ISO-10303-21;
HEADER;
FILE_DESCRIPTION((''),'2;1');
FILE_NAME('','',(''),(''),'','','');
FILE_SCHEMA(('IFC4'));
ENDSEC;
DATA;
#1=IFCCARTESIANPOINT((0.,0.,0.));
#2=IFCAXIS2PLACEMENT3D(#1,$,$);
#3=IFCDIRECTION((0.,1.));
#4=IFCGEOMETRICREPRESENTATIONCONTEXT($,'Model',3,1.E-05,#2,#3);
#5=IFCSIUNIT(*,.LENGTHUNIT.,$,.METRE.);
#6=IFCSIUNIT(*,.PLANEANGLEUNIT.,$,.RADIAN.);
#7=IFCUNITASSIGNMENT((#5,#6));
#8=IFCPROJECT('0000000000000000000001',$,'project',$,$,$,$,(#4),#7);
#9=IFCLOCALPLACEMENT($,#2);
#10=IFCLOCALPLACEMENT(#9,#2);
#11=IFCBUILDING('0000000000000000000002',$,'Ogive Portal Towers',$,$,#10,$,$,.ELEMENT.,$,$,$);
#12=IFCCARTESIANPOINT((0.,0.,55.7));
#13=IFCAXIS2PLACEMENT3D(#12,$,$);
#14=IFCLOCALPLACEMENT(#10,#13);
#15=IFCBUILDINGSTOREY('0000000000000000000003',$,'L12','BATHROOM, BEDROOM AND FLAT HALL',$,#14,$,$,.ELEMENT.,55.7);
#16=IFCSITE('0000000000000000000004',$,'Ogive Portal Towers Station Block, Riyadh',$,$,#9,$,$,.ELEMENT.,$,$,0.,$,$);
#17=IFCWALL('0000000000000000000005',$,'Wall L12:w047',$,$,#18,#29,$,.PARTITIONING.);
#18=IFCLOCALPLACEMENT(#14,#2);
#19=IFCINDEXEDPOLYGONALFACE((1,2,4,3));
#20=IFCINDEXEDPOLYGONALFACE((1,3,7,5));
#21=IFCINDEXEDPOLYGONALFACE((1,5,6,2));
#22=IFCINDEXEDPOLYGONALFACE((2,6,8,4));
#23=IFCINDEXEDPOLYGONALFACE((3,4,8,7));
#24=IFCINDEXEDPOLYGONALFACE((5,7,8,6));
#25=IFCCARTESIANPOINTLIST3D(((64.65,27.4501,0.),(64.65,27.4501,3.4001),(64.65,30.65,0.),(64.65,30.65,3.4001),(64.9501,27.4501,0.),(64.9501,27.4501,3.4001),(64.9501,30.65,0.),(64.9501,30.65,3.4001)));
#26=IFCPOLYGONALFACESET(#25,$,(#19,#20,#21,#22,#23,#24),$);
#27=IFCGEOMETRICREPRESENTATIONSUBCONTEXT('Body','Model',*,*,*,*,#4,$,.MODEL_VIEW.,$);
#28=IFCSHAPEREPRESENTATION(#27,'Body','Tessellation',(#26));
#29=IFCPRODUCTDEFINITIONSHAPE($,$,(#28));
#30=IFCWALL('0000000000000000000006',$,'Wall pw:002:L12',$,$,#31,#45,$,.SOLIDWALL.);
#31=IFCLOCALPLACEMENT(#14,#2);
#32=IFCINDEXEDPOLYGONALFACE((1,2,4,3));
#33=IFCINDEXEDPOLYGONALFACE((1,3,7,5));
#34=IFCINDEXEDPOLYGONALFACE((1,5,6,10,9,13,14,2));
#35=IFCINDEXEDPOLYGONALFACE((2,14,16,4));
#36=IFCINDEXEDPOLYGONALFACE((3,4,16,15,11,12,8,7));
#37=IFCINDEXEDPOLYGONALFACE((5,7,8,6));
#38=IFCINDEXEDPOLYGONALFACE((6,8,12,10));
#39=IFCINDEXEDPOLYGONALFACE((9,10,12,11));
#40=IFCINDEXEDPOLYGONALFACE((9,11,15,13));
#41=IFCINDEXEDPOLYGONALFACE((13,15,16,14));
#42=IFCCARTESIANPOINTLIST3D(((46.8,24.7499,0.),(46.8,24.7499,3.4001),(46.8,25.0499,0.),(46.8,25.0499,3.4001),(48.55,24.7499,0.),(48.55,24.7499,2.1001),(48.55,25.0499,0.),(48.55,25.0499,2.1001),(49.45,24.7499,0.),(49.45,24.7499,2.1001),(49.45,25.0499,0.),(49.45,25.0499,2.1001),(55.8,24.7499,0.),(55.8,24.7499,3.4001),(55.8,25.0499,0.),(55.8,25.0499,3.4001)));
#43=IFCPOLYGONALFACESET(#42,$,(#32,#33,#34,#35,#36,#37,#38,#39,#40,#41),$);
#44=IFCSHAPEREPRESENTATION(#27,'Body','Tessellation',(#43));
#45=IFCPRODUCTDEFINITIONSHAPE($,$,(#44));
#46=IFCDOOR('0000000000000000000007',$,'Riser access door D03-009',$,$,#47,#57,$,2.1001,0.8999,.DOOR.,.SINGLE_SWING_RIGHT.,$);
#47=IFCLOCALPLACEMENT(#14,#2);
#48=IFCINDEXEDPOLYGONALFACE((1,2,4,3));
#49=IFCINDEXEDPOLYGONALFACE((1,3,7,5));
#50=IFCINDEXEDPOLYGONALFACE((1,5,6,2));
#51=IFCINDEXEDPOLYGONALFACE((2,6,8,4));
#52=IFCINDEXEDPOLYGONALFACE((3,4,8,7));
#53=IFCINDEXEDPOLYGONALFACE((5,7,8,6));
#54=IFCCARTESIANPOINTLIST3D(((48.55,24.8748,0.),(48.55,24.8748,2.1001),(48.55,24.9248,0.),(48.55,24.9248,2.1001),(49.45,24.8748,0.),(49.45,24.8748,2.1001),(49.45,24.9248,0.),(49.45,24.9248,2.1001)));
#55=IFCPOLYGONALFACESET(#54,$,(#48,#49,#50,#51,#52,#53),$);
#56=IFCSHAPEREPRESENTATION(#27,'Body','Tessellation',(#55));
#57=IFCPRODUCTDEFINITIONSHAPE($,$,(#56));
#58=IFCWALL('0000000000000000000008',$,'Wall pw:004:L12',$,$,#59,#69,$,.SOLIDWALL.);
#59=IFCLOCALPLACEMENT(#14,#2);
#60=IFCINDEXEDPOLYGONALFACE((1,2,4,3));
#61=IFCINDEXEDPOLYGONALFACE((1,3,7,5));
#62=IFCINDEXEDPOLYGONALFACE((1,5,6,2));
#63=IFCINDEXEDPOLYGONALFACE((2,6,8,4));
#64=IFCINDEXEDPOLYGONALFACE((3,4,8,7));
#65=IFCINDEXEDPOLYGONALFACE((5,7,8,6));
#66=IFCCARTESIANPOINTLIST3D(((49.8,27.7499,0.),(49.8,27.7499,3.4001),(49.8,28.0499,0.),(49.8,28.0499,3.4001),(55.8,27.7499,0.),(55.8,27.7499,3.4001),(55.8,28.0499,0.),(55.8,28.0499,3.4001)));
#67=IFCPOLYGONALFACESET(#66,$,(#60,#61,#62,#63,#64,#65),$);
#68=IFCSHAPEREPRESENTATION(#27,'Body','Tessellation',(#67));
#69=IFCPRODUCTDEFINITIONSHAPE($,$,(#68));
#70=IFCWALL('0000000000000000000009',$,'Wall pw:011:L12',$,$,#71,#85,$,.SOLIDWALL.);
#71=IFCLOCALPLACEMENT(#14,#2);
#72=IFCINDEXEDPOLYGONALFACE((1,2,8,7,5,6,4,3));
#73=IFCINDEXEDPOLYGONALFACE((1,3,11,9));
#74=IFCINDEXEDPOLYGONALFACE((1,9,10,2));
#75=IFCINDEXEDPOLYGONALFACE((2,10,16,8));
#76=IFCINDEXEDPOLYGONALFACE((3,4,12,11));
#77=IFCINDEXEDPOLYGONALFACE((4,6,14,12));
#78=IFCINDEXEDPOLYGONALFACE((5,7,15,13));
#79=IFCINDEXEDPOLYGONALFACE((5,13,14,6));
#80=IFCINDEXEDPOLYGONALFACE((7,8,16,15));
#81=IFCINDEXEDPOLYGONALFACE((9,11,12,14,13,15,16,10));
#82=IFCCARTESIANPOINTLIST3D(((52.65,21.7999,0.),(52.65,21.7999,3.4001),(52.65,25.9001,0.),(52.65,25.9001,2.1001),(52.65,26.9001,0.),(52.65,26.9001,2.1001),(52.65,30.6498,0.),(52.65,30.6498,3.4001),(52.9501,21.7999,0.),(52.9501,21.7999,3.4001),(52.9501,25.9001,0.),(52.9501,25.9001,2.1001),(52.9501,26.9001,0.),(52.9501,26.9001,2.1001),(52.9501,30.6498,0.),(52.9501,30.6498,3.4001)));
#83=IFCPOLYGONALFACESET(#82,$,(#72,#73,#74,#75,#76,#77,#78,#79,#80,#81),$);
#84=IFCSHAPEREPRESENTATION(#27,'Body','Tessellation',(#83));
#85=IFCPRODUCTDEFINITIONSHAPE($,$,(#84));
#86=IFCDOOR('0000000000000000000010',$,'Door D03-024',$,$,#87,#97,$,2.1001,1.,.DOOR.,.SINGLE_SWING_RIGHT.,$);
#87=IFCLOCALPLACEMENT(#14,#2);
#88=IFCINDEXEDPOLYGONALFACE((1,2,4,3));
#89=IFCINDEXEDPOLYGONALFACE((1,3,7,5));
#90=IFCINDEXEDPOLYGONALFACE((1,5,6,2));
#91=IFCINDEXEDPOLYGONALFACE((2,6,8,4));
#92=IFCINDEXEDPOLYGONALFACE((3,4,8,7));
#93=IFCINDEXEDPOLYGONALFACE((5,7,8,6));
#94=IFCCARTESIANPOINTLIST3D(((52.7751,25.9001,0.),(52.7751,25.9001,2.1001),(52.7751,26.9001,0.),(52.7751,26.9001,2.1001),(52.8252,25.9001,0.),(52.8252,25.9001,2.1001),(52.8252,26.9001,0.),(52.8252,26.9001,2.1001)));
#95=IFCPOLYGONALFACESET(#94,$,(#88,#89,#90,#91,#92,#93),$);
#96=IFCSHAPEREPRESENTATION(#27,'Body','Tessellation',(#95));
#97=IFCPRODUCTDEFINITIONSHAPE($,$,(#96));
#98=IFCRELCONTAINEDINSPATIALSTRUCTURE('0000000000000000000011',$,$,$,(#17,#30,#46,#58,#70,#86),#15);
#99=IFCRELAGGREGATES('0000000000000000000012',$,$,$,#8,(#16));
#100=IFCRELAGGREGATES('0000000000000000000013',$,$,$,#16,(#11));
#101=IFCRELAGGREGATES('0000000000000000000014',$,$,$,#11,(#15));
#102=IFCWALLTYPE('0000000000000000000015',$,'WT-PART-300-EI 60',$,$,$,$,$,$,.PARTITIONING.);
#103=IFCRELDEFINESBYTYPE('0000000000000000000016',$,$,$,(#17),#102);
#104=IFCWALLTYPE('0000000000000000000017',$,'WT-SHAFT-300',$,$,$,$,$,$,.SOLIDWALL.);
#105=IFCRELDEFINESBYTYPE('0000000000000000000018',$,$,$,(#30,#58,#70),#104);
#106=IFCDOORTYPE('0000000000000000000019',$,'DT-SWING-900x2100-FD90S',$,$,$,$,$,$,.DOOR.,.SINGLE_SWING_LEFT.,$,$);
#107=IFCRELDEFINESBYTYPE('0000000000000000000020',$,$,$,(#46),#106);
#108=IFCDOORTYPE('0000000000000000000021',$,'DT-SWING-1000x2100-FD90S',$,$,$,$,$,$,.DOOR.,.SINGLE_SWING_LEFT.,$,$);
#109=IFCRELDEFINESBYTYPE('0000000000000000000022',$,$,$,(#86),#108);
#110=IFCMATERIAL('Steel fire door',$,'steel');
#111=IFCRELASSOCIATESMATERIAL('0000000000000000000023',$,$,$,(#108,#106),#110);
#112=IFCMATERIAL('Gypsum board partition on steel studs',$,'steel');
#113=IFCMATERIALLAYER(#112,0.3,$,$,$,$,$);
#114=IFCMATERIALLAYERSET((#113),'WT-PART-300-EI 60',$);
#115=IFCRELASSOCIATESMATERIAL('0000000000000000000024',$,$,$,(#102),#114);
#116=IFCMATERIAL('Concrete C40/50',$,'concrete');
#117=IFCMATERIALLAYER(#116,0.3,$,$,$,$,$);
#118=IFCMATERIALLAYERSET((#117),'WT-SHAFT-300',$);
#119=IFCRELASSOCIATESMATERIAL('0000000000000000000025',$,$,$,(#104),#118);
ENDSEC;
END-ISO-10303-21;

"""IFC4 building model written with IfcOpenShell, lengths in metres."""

from ifc_helpers import new_model, si_unit, direction, frame, frame_2d, origin, place, context, subcontext, project, spatial, rectangle, extrude, material, layer, layer_set, type_object, element, fill, save


model = new_model("IFC4")

# Units and contexts
model_context = context("Model", 3, precision=1e-05, world=origin(), true_north=direction((0.0, 1.0)))
body_context = subcontext(model_context, "Body", "Model", "MODEL_VIEW")
ifc_project = project(units=[si_unit("LENGTHUNIT", "METRE"), si_unit("PLANEANGLEUNIT", "RADIAN")], contexts=[model_context])

# Site, building, storey
site_placement = place(None, origin())
site = spatial("IfcSite", under=ifc_project, at=site_placement, Name="Ogive Portal Towers Station Block, Riyadh", CompositionType="ELEMENT", RefElevation=0.0)
building_placement = place(site_placement, origin())
building = spatial("IfcBuilding", under=site, at=building_placement, Name="Ogive Portal Towers", CompositionType="ELEMENT")
storey_placement = place(building_placement, frame((0.0, 0.0, 55.7)))
storey = spatial("IfcBuildingStorey", under=building, at=storey_placement, Name="L12", Description="BATHROOM, BEDROOM AND FLAT HALL", CompositionType="ELEMENT", Elevation=55.7)

# Shared definitions
ifc_material_1 = material(Name="Steel fire door", Category="steel")
door_type_1 = type_object("IfcDoorType", Name="DT-SWING-1000x2100-FD90S", OperationType="SINGLE_SWING_LEFT", PredefinedType="DOOR", material=ifc_material_1)

# Shared definitions
ifc_material_2 = material(Name="Gypsum board partition on steel studs", Category="steel")

# Shared definitions
ifc_layer_1 = layer(ifc_material_2, 0.3)
ifc_layer_set_1 = layer_set([ifc_layer_1], Name="WT-PART-300-EI 60")
wall_type_1 = type_object("IfcWallType", Name="WT-PART-300-EI 60", PredefinedType="PARTITIONING", material=ifc_layer_set_1)

# Wall
wall_1_placement = place(storey_placement, frame((64.8, 27.45, 0.0), z_axis=(0.0, 0.0, 1.0), x_axis=(0.0, 1.0, 0.0)))
element("IfcWall", 1, at=wall_1_placement, inside=storey, type_object=wall_type_1, Name="Wall L12:w047", PredefinedType="PARTITIONING", context=body_context, shape_type="SweptSolid", body=[
    extrude(rectangle(XDim=3.2, YDim=0.3, at=frame_2d((1.6001, 0.0))), origin(), (0.0, 0.0, 1.0), 3.4001),
])

# Wall, opening, door
ifc_material_3 = material(Name="Concrete C40/50", Category="concrete")
ifc_layer_2 = layer(ifc_material_3, 0.3)
ifc_layer_set_2 = layer_set([ifc_layer_2], Name="WT-SHAFT-300")
wall_type_2 = type_object("IfcWallType", Name="WT-SHAFT-300", PredefinedType="SOLIDWALL", material=ifc_layer_set_2)
wall_2_placement = place(storey_placement, frame((46.8, 24.8999, 0.0), z_axis=(0.0, 0.0, 1.0), x_axis=(1.0, 0.0, 0.0)))
wall_2 = element("IfcWall", 2, at=wall_2_placement, inside=storey, type_object=wall_type_2, Name="Wall pw:002:L12", PredefinedType="SOLIDWALL", context=body_context, shape_type="SweptSolid", body=[
    extrude(rectangle(XDim=9.0, YDim=0.3, at=frame_2d((4.5, 0.0))), origin(), (0.0, 0.0, 1.0), 3.4001),
])
opening_1_placement = place(wall_2_placement, frame((1.75, 0.0, 0.0)))
opening_1 = element("IfcOpeningElement", 3, at=opening_1_placement, cuts=wall_2, PredefinedType="OPENING", context=body_context, shape_type="SweptSolid", body=[
    extrude(rectangle(XDim=0.8999, YDim=2.1001, at=frame_2d((0.45, 1.05))), frame((0.0, 0.1602, 0.0), z_axis=(0.0, -1.0, 0.0), x_axis=(1.0, 0.0, 0.0)), (0.0, 0.0, 1.0), 0.3201),
])
door_type_2 = type_object("IfcDoorType", Name="DT-SWING-900x2100-FD90S", OperationType="SINGLE_SWING_LEFT", PredefinedType="DOOR", material=ifc_material_1)
door_1_placement = place(opening_1_placement, origin())
door_1 = element("IfcDoor", 4, at=door_1_placement, inside=storey, type_object=door_type_2, Name="Riser access door D03-009", OperationType="SINGLE_SWING_RIGHT", OverallHeight=2.1001, OverallWidth=0.8999, PredefinedType="DOOR", context=body_context, shape_type="SweptSolid", body=[
    extrude(rectangle(XDim=0.8999, YDim=2.1001, at=frame_2d((0.45, 1.05))), frame((0.0, 0.0249, 0.0), z_axis=(0.0, -1.0, 0.0), x_axis=(1.0, 0.0, 0.0)), (0.0, 0.0, 1.0), 0.05),
])
fill(opening_1, door_1)

# Wall
wall_3_placement = place(storey_placement, frame((49.8, 27.8999, 0.0), z_axis=(0.0, 0.0, 1.0), x_axis=(1.0, 0.0, 0.0)))
element("IfcWall", 5, at=wall_3_placement, inside=storey, type_object=wall_type_2, Name="Wall pw:004:L12", PredefinedType="SOLIDWALL", context=body_context, shape_type="SweptSolid", body=[
    extrude(rectangle(XDim=6.0, YDim=0.3, at=frame_2d((3.0, 0.0))), origin(), (0.0, 0.0, 1.0), 3.4001),
])

# Wall, opening, door
wall_4_placement = place(storey_placement, frame((52.8, 21.8, 0.0), z_axis=(0.0, 0.0, 1.0), x_axis=(0.0, 1.0, 0.0)))
wall_4 = element("IfcWall", 6, at=wall_4_placement, inside=storey, type_object=wall_type_2, Name="Wall pw:011:L12", PredefinedType="SOLIDWALL", context=body_context, shape_type="SweptSolid", body=[
    extrude(rectangle(XDim=8.8499, YDim=0.3, at=frame_2d((4.4248, 0.0))), origin(), (0.0, 0.0, 1.0), 3.4001),
])
opening_2_placement = place(wall_4_placement, frame((4.1001, 0.0, 0.0)))
opening_2 = element("IfcOpeningElement", 7, at=opening_2_placement, cuts=wall_4, PredefinedType="OPENING", context=body_context, shape_type="SweptSolid", body=[
    extrude(rectangle(XDim=1.0, YDim=2.1001, at=frame_2d((0.5, 1.05))), frame((0.0, 0.1602, 0.0), z_axis=(0.0, -1.0, 0.0), x_axis=(1.0, 0.0, 0.0)), (0.0, 0.0, 1.0), 0.3201),
])
door_2_placement = place(opening_2_placement, origin())
door_2 = element("IfcDoor", 8, at=door_2_placement, inside=storey, type_object=door_type_1, Name="Door D03-024", OperationType="SINGLE_SWING_RIGHT", OverallHeight=2.1001, OverallWidth=1.0, PredefinedType="DOOR", context=body_context, shape_type="SweptSolid", body=[
    extrude(rectangle(XDim=1.0, YDim=2.1001, at=frame_2d((0.5, 1.05))), frame((0.0, 0.0249, 0.0), z_axis=(0.0, -1.0, 0.0), x_axis=(1.0, 0.0, 0.0)), (0.0, 0.0, 1.0), 0.05),
])
fill(opening_2, door_2)

save(model, "model.ifc")
